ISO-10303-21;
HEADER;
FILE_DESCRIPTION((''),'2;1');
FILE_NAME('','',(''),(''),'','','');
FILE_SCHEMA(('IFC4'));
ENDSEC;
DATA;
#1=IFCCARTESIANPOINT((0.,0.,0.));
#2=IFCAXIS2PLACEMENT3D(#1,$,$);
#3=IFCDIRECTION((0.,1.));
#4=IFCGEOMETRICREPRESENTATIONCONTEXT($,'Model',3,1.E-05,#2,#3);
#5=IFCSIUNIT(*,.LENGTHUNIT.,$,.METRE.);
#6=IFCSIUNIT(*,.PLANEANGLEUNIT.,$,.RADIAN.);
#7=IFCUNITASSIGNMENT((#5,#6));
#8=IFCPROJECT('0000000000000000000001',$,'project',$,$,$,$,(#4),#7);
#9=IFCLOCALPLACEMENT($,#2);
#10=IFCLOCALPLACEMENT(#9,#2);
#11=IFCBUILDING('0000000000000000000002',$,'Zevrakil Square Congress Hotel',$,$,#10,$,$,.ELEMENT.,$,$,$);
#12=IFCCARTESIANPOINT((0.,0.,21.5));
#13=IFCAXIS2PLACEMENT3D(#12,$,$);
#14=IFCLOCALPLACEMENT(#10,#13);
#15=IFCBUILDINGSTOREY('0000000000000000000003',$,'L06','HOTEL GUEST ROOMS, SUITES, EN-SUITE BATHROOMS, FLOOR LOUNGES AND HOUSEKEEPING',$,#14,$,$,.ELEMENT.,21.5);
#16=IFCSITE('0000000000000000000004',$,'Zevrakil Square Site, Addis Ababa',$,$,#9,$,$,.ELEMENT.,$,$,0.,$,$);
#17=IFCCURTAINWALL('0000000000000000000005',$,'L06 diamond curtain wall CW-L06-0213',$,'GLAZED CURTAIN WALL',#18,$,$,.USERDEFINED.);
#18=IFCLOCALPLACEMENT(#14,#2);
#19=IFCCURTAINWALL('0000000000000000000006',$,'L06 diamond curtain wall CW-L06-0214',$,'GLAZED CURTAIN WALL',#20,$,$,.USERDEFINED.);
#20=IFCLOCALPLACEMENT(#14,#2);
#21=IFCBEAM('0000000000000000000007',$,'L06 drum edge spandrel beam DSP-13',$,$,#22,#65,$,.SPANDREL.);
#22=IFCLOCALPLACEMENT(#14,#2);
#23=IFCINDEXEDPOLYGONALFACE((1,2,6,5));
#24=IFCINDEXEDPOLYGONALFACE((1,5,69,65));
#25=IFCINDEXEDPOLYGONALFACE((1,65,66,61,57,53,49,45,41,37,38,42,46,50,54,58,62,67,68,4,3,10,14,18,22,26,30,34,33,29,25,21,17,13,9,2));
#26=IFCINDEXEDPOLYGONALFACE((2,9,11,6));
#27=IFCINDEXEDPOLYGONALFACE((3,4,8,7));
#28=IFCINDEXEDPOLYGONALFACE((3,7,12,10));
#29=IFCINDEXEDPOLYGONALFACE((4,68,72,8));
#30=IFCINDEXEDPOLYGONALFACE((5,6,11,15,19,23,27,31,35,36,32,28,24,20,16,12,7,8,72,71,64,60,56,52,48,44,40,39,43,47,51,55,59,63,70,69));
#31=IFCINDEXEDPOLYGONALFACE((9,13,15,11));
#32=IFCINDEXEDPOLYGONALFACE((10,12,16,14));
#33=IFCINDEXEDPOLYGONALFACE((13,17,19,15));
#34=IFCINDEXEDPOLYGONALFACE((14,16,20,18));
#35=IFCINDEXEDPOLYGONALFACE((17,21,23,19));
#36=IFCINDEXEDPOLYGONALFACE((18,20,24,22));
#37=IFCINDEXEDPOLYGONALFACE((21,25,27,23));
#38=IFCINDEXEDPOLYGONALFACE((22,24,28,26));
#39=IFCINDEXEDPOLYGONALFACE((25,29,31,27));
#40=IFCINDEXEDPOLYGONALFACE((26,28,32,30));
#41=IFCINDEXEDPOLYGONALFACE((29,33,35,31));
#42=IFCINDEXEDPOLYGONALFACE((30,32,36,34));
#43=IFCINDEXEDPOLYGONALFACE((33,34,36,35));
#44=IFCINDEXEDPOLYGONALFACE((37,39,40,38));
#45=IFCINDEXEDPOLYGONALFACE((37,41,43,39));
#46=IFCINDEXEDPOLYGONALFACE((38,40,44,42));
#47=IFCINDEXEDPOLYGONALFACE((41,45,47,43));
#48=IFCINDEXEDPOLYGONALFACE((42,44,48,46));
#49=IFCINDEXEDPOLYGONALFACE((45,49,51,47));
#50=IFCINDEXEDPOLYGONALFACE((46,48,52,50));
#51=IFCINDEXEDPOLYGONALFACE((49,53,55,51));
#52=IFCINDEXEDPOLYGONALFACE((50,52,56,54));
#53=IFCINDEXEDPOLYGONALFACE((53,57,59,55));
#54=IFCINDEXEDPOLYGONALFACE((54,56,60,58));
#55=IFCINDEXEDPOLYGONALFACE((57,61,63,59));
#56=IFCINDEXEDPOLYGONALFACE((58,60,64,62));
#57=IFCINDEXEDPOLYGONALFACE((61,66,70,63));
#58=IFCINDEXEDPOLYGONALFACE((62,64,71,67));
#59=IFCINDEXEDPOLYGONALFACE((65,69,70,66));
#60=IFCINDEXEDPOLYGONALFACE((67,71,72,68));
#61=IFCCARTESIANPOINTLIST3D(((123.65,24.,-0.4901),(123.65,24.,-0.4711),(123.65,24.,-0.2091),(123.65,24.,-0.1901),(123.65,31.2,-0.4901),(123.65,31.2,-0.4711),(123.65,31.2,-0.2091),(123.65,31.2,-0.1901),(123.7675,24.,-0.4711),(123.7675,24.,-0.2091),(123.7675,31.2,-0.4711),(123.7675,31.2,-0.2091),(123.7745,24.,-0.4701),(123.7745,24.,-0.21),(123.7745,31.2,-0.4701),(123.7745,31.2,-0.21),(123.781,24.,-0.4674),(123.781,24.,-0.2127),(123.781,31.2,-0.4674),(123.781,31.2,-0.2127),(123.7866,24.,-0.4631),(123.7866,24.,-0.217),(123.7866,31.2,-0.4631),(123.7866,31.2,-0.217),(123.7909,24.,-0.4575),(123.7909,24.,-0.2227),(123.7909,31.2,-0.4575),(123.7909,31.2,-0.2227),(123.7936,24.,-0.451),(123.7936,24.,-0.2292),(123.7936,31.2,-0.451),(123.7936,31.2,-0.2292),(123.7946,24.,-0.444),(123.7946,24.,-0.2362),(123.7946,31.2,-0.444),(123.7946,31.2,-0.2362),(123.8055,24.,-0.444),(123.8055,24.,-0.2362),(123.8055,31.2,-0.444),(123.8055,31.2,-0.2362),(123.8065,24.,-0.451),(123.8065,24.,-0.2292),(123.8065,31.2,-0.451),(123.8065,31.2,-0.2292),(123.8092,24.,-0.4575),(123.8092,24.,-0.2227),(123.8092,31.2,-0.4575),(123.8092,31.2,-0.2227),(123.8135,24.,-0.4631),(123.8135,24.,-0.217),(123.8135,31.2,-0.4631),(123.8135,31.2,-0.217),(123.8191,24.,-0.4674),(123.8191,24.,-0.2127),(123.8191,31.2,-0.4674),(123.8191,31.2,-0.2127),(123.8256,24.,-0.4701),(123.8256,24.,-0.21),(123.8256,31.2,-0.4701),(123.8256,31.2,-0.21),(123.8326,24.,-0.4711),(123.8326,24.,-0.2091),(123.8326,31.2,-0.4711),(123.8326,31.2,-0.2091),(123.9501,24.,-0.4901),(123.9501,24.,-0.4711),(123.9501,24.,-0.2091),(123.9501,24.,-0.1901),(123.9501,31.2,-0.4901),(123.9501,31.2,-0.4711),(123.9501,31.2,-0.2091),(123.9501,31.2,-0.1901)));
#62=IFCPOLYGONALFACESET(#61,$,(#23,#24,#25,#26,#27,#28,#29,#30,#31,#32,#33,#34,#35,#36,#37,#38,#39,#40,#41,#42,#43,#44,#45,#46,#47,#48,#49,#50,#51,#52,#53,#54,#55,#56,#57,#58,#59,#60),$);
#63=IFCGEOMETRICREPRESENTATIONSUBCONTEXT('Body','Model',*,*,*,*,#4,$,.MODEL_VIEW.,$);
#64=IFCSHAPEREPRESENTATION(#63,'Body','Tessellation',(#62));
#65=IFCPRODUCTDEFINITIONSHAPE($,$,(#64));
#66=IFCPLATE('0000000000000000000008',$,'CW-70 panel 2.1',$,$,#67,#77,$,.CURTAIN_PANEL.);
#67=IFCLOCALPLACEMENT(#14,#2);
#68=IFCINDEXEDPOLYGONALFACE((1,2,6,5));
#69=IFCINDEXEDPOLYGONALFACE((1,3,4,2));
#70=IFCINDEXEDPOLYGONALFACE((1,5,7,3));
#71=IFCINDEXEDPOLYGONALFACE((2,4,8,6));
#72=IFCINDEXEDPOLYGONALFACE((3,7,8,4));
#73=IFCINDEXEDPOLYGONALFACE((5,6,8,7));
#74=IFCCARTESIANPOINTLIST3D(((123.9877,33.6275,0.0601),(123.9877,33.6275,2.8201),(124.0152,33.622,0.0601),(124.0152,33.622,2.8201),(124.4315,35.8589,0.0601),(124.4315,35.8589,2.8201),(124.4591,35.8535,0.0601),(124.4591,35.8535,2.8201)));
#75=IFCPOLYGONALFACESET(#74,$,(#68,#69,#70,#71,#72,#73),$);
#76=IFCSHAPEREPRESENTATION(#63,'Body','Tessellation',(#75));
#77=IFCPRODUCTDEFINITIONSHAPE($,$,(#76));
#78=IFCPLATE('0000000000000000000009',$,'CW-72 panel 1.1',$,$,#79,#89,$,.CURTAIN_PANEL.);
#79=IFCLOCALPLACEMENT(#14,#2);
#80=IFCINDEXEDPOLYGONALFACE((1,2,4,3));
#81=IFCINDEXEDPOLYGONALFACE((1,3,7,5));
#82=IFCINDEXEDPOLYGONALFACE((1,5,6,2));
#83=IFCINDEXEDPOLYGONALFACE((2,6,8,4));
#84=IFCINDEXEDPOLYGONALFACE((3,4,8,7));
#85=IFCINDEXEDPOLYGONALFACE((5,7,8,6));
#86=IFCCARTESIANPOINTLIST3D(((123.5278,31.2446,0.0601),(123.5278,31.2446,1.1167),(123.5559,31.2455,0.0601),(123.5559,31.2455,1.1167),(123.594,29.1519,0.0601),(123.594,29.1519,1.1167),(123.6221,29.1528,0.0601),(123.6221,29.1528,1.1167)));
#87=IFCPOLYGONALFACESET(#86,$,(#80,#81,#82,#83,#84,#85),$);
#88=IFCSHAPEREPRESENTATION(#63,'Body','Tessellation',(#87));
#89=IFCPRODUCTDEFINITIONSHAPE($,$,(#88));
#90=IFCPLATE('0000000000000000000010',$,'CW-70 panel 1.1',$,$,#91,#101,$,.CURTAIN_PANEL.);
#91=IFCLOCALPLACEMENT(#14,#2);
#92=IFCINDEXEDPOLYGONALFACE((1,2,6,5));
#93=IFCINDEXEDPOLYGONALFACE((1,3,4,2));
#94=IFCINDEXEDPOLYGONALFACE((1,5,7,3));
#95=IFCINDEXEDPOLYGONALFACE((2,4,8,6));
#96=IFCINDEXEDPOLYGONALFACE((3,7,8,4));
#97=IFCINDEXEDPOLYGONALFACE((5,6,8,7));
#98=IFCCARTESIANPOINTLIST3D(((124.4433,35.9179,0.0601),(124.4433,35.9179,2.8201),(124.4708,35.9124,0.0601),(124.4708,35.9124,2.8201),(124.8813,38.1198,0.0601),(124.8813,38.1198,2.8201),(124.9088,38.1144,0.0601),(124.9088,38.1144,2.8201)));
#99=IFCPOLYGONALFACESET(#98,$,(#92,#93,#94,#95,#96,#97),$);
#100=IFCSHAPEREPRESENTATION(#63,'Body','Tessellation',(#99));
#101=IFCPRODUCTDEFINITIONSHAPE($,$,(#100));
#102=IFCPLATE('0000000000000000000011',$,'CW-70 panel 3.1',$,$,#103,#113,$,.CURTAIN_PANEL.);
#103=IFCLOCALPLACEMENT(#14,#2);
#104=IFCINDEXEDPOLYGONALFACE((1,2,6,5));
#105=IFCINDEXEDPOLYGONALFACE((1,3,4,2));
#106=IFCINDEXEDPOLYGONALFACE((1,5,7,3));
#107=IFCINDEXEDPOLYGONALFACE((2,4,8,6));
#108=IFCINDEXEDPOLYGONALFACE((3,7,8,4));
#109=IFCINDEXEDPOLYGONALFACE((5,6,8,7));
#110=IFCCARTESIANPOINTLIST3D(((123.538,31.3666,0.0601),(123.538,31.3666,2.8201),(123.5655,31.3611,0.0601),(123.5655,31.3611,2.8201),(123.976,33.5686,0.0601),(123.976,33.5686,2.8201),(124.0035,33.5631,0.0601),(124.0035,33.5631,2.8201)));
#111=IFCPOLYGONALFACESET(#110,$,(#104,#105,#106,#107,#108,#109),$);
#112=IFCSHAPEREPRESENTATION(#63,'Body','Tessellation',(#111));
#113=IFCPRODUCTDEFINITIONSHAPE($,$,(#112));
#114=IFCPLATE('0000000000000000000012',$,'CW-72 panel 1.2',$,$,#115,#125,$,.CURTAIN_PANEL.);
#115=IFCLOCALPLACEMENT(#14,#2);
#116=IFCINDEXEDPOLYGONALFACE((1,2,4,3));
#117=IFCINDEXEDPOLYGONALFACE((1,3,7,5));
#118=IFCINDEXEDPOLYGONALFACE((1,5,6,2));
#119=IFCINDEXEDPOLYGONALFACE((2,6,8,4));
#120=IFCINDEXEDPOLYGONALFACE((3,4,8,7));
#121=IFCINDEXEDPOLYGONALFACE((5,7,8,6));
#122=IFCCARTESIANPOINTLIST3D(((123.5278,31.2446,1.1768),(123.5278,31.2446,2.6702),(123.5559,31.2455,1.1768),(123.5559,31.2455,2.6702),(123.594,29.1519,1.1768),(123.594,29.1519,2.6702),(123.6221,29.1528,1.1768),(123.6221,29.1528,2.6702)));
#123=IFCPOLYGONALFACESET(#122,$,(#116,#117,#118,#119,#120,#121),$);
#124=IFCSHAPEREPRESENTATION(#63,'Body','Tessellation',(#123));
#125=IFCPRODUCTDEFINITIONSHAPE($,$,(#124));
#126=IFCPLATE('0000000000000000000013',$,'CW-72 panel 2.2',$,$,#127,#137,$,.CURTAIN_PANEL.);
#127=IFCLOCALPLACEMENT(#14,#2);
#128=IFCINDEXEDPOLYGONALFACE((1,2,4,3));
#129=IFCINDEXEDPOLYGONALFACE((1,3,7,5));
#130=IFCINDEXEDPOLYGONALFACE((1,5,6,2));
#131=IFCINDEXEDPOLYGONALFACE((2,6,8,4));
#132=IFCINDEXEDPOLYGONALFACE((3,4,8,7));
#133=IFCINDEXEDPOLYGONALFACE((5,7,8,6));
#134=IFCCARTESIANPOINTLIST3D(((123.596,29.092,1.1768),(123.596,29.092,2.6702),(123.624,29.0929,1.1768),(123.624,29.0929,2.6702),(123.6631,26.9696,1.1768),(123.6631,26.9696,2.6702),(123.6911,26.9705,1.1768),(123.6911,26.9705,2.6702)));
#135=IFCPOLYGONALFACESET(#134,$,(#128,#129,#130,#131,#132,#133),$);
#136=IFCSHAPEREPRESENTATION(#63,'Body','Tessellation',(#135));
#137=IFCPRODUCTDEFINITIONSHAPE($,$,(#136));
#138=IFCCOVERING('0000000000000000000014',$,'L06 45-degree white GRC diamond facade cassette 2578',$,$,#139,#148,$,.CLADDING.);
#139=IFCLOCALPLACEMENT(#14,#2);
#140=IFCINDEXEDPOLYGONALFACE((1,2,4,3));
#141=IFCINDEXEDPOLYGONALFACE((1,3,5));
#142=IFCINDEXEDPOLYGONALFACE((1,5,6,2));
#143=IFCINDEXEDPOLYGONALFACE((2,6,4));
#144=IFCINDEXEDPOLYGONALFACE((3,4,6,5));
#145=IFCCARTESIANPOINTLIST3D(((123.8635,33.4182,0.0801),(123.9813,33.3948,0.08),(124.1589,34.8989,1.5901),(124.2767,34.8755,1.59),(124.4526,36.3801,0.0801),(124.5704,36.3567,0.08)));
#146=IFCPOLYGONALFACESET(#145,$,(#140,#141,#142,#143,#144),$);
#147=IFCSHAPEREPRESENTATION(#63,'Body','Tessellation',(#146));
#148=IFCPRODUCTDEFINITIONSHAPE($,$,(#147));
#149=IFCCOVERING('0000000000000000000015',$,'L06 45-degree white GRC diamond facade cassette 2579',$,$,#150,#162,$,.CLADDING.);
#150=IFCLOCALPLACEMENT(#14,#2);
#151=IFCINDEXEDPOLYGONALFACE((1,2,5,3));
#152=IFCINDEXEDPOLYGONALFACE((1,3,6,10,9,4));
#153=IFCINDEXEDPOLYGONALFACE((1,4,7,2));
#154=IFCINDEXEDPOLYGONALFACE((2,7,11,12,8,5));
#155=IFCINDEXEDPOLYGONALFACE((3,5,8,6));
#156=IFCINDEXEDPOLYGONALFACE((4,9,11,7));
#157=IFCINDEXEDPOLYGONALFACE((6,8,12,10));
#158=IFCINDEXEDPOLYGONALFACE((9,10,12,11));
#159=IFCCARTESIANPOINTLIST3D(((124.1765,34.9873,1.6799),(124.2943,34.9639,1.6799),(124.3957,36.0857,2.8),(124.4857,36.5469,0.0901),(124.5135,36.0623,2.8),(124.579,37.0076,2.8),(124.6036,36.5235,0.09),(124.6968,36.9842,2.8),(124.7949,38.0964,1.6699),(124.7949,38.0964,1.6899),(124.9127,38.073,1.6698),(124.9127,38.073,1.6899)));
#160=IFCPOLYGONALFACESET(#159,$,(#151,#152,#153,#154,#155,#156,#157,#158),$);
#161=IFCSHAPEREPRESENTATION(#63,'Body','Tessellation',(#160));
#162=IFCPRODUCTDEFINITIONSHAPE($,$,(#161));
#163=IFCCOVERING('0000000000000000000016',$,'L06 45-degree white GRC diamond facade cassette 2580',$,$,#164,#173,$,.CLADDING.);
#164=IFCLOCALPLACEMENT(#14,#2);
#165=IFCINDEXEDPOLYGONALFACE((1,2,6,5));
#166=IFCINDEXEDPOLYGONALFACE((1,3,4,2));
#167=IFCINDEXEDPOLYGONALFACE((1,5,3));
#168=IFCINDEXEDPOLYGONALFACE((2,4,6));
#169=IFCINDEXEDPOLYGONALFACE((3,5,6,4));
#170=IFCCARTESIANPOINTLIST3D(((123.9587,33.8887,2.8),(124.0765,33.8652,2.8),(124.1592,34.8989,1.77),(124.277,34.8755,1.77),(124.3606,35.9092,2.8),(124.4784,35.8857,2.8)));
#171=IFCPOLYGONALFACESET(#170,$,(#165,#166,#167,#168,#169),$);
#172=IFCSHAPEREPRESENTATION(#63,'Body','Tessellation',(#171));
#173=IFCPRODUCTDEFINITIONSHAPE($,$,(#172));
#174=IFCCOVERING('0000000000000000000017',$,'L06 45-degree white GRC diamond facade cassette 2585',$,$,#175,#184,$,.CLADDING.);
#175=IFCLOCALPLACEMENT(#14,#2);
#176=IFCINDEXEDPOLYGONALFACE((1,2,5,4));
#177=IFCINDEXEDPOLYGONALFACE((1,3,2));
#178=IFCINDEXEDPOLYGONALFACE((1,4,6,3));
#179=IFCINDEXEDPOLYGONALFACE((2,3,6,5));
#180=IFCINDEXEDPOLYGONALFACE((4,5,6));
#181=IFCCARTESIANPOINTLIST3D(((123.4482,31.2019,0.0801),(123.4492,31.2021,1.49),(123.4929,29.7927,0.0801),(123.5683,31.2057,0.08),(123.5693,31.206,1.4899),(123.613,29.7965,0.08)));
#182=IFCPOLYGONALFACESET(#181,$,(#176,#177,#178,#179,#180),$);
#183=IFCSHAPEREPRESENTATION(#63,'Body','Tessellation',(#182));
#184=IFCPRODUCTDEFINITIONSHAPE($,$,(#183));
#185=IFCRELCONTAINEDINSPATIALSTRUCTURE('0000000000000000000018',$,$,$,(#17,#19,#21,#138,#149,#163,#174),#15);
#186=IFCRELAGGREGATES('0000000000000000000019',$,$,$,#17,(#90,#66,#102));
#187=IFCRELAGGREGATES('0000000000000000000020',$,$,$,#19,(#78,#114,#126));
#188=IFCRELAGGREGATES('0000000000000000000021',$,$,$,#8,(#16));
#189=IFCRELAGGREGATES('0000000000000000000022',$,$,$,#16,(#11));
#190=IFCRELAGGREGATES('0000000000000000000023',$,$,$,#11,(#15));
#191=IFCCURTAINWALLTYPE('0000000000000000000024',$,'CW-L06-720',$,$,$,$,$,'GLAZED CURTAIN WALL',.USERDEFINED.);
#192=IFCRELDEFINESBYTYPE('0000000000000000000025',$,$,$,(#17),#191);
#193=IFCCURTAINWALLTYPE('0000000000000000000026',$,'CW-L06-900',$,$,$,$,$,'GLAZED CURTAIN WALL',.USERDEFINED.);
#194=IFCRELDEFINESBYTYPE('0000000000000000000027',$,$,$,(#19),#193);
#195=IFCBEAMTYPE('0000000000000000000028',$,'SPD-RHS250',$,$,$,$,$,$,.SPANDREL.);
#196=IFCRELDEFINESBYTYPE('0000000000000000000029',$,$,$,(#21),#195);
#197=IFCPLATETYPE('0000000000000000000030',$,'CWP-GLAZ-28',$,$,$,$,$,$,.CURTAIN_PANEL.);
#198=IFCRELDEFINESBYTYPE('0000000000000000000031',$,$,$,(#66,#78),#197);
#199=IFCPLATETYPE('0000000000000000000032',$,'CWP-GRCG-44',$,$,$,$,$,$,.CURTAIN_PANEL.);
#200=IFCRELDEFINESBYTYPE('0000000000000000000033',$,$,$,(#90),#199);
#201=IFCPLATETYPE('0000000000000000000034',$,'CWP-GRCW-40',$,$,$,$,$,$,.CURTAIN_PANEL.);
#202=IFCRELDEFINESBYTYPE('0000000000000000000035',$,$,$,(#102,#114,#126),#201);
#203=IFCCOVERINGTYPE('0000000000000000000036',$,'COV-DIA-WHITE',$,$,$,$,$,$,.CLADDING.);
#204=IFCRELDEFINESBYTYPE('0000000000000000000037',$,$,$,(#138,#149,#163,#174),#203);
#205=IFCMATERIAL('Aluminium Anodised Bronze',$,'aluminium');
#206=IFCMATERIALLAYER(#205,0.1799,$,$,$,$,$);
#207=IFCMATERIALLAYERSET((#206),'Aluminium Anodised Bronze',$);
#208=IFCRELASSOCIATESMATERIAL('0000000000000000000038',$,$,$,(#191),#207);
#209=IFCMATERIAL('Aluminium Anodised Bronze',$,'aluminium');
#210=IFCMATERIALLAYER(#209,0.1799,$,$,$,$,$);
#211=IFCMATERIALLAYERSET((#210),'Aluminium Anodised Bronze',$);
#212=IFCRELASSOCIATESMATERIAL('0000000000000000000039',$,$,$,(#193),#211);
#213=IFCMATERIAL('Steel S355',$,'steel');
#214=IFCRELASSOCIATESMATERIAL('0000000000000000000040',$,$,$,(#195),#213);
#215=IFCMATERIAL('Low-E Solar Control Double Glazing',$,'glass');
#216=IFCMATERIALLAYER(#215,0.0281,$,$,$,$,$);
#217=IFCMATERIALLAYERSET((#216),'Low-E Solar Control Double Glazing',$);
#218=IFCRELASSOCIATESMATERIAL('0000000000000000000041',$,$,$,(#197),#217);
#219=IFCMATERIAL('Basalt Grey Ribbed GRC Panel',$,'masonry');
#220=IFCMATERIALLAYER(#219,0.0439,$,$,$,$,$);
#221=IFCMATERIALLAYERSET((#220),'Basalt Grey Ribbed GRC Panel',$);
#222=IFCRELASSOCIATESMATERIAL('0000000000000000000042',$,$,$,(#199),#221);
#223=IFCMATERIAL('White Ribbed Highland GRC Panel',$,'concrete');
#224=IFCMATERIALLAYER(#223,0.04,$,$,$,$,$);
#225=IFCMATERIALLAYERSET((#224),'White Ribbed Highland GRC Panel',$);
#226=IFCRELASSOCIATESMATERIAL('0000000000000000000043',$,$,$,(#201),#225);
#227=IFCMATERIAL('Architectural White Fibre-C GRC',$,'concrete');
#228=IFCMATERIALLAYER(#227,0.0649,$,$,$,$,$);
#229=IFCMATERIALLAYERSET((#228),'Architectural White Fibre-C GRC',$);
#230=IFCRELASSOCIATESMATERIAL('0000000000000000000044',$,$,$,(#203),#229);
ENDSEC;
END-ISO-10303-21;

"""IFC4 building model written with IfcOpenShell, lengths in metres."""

from ifc_helpers import new_model, si_unit, direction, frame, origin, origin_2d, place, context, subcontext, project, spatial, polyline, rectangle, i_section, outline, extrude, material, layer, layer_set, material_profile, profile_set, type_object, element, aggregate, save


model = new_model("IFC4")

# Units and contexts
model_context = context("Model", 3, precision=1e-05, world=origin(), true_north=direction((0.0, 1.0)))
body_context = subcontext(model_context, "Body", "Model", "MODEL_VIEW")
ifc_project = project(units=[si_unit("LENGTHUNIT", "METRE"), si_unit("PLANEANGLEUNIT", "RADIAN")], contexts=[model_context])

# Site, building, storey
site_placement = place(None, origin())
site = spatial("IfcSite", under=ifc_project, at=site_placement, Name="Zevrakil Square Site, Addis Ababa", CompositionType="ELEMENT", RefElevation=0.0)
building_placement = place(site_placement, origin())
building = spatial("IfcBuilding", under=site, at=building_placement, Name="Zevrakil Square Congress Hotel", CompositionType="ELEMENT")
storey_placement = place(building_placement, frame((0.0, 0.0, 21.5)))
storey = spatial("IfcBuildingStorey", under=building, at=storey_placement, Name="L06", Description="HOTEL GUEST ROOMS, SUITES, EN-SUITE BATHROOMS, FLOOR LOUNGES AND HOUSEKEEPING", CompositionType="ELEMENT", Elevation=21.5)

# Curtain walls
ifc_material_1 = material(Name="Aluminium Anodised Bronze", Category="aluminium")
ifc_layer_1 = layer(ifc_material_1, 0.1799)
ifc_layer_set_1 = layer_set([ifc_layer_1], Name="Aluminium Anodised Bronze")
curtain_wall_type_1 = type_object("IfcCurtainWallType", Name="CW-L06-720", ElementType="GLAZED CURTAIN WALL", PredefinedType="USERDEFINED", material=ifc_layer_set_1)
curtain_wall_1_placement = place(storey_placement, origin())
curtain_wall_1 = element("IfcCurtainWall", 1, at=curtain_wall_1_placement, inside=storey, type_object=curtain_wall_type_1, Name="L06 diamond curtain wall CW-L06-0213", ObjectType="GLAZED CURTAIN WALL", PredefinedType="USERDEFINED")
ifc_material_2 = material(Name="Aluminium Anodised Bronze", Category="aluminium")
ifc_layer_2 = layer(ifc_material_2, 0.1799)
ifc_layer_set_2 = layer_set([ifc_layer_2], Name="Aluminium Anodised Bronze")
curtain_wall_type_2 = type_object("IfcCurtainWallType", Name="CW-L06-900", ElementType="GLAZED CURTAIN WALL", PredefinedType="USERDEFINED", material=ifc_layer_set_2)
curtain_wall_2_placement = place(storey_placement, origin())
curtain_wall_2 = element("IfcCurtainWall", 2, at=curtain_wall_2_placement, inside=storey, type_object=curtain_wall_type_2, Name="L06 diamond curtain wall CW-L06-0214", ObjectType="GLAZED CURTAIN WALL", PredefinedType="USERDEFINED")

# Beam
ifc_material_3 = material(Name="Steel S355", Category="steel")
ifc_material_profile_1 = material_profile(ifc_material_3, i_section(OverallWidth=0.3, OverallDepth=0.3, WebThickness=0.011, FlangeThickness=0.019, FilletRadius=0.0271, at=origin_2d()), Name="HEB 300")
ifc_profile_set_1 = profile_set([ifc_material_profile_1], Name="Steel S355")
beam_type = type_object("IfcBeamType", Name="SPD-RHS250", PredefinedType="SPANDREL", material=ifc_profile_set_1)
for number, where, z_axis, x_axis, name in (
    (3, (123.8, 31.2, -0.3401), (0.0, -1.0, 0.0), (1.0, 0.0, 0.0), "L06 drum edge spandrel beam DSP-13"),
):
    element("IfcBeam", number, at=place(storey_placement, frame(where, z_axis=z_axis, x_axis=x_axis)), inside=storey, type_object=beam_type, Name=name, PredefinedType="SPANDREL", context=body_context, shape_type="SweptSolid", body=[
        extrude(i_section(OverallWidth=0.3, OverallDepth=0.3, WebThickness=0.011, FlangeThickness=0.019, FilletRadius=0.0271, at=origin_2d()), origin(), (0.0, 0.0, 1.0), 7.2),
    ])

# Plates
ifc_material_4 = material(Name="Low-E Solar Control Double Glazing", Category="glass")
ifc_layer_3 = layer(ifc_material_4, 0.0281)
ifc_layer_set_3 = layer_set([ifc_layer_3], Name="Low-E Solar Control Double Glazing")
plate_type_1 = type_object("IfcPlateType", Name="CWP-GLAZ-28", PredefinedType="CURTAIN_PANEL", material=ifc_layer_set_3)
plate_1_placement = place(storey_placement, frame((124.2234, 34.7405, 0.0601), z_axis=(0.0, 0.0, 1.0), x_axis=(-0.195084, -0.980787, 0.0)))
plate_1 = element("IfcPlate", 4, at=plate_1_placement, type_object=plate_type_1, Name="CW-70 panel 2.1", PredefinedType="CURTAIN_PANEL", context=body_context, shape_type="SweptSolid", body=[
    extrude(rectangle(XDim=2.2751, YDim=0.0281, at=origin_2d()), origin(), (0.0, 0.0, 1.0), 2.76),
])
plate_2_placement = place(storey_placement, frame((123.575, 30.1987, 0.0601), z_axis=(0.0, 0.0, 1.0), x_axis=(0.031598, -0.999501, 0.0)))
plate_2 = element("IfcPlate", 5, at=plate_2_placement, type_object=plate_type_1, Name="CW-72 panel 1.1", PredefinedType="CURTAIN_PANEL", context=body_context, shape_type="SweptSolid", body=[
    extrude(rectangle(XDim=2.0938, YDim=0.0281, at=origin_2d()), origin(), (0.0, 0.0, 1.0), 1.0566),
])
ifc_material_5 = material(Name="Basalt Grey Ribbed GRC Panel", Category="masonry")
ifc_layer_4 = layer(ifc_material_5, 0.0439)
ifc_layer_set_4 = layer_set([ifc_layer_4], Name="Basalt Grey Ribbed GRC Panel")
plate_type_2 = type_object("IfcPlateType", Name="CWP-GRCG-44", PredefinedType="CURTAIN_PANEL", material=ifc_layer_set_4)
plate_3_placement = place(storey_placement, frame((124.676, 37.0161, 0.0601), z_axis=(0.0, 0.0, 1.0), x_axis=(-0.195084, -0.980787, 0.0)))
plate_3 = element("IfcPlate", 6, at=plate_3_placement, type_object=plate_type_2, Name="CW-70 panel 1.1", PredefinedType="CURTAIN_PANEL", context=body_context, shape_type="SweptSolid", body=[
    extrude(rectangle(XDim=2.2451, YDim=0.0281, at=origin_2d()), origin(), (0.0, 0.0, 1.0), 2.76),
])
ifc_material_6 = material(Name="White Ribbed Highland GRC Panel", Category="concrete")
ifc_layer_5 = layer(ifc_material_6, 0.04)
ifc_layer_set_5 = layer_set([ifc_layer_5], Name="White Ribbed Highland GRC Panel")
plate_type_3 = type_object("IfcPlateType", Name="CWP-GRCW-40", PredefinedType="CURTAIN_PANEL", material=ifc_layer_set_5)
plate_4_placement = place(storey_placement, frame((123.7708, 32.4648, 0.0601), z_axis=(0.0, 0.0, 1.0), x_axis=(-0.195084, -0.980787, 0.0)))
plate_4 = element("IfcPlate", 7, at=plate_4_placement, type_object=plate_type_3, Name="CW-70 panel 3.1", PredefinedType="CURTAIN_PANEL", context=body_context, shape_type="SweptSolid", body=[
    extrude(rectangle(XDim=2.2451, YDim=0.0281, at=origin_2d()), origin(), (0.0, 0.0, 1.0), 2.76),
])
aggregate(curtain_wall_1, [plate_3, plate_1, plate_4])
plate_5_placement = place(storey_placement, frame((123.575, 30.1987, 1.1768), z_axis=(0.0, 0.0, 1.0), x_axis=(0.031598, -0.999501, 0.0)))
plate_5 = element("IfcPlate", 8, at=plate_5_placement, type_object=plate_type_3, Name="CW-72 panel 1.2", PredefinedType="CURTAIN_PANEL", context=body_context, shape_type="SweptSolid", body=[
    extrude(rectangle(XDim=2.0938, YDim=0.0281, at=origin_2d()), origin(), (0.0, 0.0, 1.0), 1.4934),
])
plate_6_placement = place(storey_placement, frame((123.6436, 28.0312, 1.1768), z_axis=(0.0, 0.0, 1.0), x_axis=(0.031598, -0.999501, 0.0)))
plate_6 = element("IfcPlate", 9, at=plate_6_placement, type_object=plate_type_3, Name="CW-72 panel 2.2", PredefinedType="CURTAIN_PANEL", context=body_context, shape_type="SweptSolid", body=[
    extrude(rectangle(XDim=2.1235, YDim=0.0281, at=origin_2d()), origin(), (0.0, 0.0, 1.0), 1.4934),
])
aggregate(curtain_wall_2, [plate_2, plate_5, plate_6])

# Coverings
ifc_material_7 = material(Name="Architectural White Fibre-C GRC", Category="concrete")
ifc_layer_6 = layer(ifc_material_7, 0.0649)
ifc_layer_set_6 = layer_set([ifc_layer_6], Name="Architectural White Fibre-C GRC")
covering_type_1 = type_object("IfcCoveringType", Name="COV-DIA-WHITE", PredefinedType="CLADDING", material=ifc_layer_set_6)
covering_1_placement = place(storey_placement, frame((124.1589, 34.8989, 1.5901), z_axis=(-0.980788, 0.195074, 0.000587), x_axis=(-0.13834, -0.693414, -0.707134)))
element("IfcCovering", 10, at=covering_1_placement, inside=storey, type_object=covering_type_1, Name="L06 45-degree white GRC diamond facade cassette 2578", PredefinedType="CLADDING", context=body_context, shape_type="SweptSolid", body=[
    extrude(outline(polyline([(0.0, 0.0), (2.1354, 0.0), (0.0001, -2.1355), (0.0, 0.0)])), origin(), (0.0, 0.0, -1.0), 0.1201),
])
covering_2_placement = place(storey_placement, frame((124.1765, 34.9873, 1.6799), z_axis=(-0.980788, 0.195078, 0.000598), x_axis=(0.137531, 0.693627, -0.707083)))
element("IfcCovering", 11, at=covering_2_placement, inside=storey, type_object=covering_type_1, Name="L06 45-degree white GRC diamond facade cassette 2579", PredefinedType="CLADDING", context=body_context, shape_type="SweptSolid", body=[
    extrude(outline(polyline([(0.0, 0.0), (2.2485, 0.0), (2.2487, -2.2344), (2.2346, -2.2486), (0.6647, -2.2487), (0.0, -1.584), (0.0, 0.0)])), origin(), (0.0, 0.0, -1.0), 0.1201),
])
covering_3_placement = place(storey_placement, frame((124.1592, 34.8989, 1.77), z_axis=(-0.98079, 0.195068, 0.000465), x_axis=(0.138263, 0.693495, 0.70707)))
element("IfcCovering", 12, at=covering_3_placement, inside=storey, type_object=covering_type_1, Name="L06 45-degree white GRC diamond facade cassette 2580", PredefinedType="CLADDING", context=body_context, shape_type="SweptSolid", body=[
    extrude(outline(polyline([(0.0, 0.0), (1.4568, 0.0), (0.0, -1.4566), (0.0, 0.0)])), origin(), (0.0, 0.0, -1.0), 0.1201),
])
covering_4_placement = place(storey_placement, frame((123.4929, 29.7927, 0.0801), z_axis=(-0.999498, -0.031689, 0.000698), x_axis=(-0.031689, 0.999498, 0.0)))
element("IfcCovering", 13, at=covering_4_placement, inside=storey, type_object=covering_type_1, Name="L06 45-degree white GRC diamond facade cassette 2585", PredefinedType="CLADDING", context=body_context, shape_type="SweptSolid", body=[
    extrude(outline(polyline([(0.0, 0.0), (1.4099, 0.0), (1.4101, -1.4099), (0.0, 0.0)])), origin(), (0.0, 0.0, -1.0), 0.1201),
])

save(model, "model.ifc")
